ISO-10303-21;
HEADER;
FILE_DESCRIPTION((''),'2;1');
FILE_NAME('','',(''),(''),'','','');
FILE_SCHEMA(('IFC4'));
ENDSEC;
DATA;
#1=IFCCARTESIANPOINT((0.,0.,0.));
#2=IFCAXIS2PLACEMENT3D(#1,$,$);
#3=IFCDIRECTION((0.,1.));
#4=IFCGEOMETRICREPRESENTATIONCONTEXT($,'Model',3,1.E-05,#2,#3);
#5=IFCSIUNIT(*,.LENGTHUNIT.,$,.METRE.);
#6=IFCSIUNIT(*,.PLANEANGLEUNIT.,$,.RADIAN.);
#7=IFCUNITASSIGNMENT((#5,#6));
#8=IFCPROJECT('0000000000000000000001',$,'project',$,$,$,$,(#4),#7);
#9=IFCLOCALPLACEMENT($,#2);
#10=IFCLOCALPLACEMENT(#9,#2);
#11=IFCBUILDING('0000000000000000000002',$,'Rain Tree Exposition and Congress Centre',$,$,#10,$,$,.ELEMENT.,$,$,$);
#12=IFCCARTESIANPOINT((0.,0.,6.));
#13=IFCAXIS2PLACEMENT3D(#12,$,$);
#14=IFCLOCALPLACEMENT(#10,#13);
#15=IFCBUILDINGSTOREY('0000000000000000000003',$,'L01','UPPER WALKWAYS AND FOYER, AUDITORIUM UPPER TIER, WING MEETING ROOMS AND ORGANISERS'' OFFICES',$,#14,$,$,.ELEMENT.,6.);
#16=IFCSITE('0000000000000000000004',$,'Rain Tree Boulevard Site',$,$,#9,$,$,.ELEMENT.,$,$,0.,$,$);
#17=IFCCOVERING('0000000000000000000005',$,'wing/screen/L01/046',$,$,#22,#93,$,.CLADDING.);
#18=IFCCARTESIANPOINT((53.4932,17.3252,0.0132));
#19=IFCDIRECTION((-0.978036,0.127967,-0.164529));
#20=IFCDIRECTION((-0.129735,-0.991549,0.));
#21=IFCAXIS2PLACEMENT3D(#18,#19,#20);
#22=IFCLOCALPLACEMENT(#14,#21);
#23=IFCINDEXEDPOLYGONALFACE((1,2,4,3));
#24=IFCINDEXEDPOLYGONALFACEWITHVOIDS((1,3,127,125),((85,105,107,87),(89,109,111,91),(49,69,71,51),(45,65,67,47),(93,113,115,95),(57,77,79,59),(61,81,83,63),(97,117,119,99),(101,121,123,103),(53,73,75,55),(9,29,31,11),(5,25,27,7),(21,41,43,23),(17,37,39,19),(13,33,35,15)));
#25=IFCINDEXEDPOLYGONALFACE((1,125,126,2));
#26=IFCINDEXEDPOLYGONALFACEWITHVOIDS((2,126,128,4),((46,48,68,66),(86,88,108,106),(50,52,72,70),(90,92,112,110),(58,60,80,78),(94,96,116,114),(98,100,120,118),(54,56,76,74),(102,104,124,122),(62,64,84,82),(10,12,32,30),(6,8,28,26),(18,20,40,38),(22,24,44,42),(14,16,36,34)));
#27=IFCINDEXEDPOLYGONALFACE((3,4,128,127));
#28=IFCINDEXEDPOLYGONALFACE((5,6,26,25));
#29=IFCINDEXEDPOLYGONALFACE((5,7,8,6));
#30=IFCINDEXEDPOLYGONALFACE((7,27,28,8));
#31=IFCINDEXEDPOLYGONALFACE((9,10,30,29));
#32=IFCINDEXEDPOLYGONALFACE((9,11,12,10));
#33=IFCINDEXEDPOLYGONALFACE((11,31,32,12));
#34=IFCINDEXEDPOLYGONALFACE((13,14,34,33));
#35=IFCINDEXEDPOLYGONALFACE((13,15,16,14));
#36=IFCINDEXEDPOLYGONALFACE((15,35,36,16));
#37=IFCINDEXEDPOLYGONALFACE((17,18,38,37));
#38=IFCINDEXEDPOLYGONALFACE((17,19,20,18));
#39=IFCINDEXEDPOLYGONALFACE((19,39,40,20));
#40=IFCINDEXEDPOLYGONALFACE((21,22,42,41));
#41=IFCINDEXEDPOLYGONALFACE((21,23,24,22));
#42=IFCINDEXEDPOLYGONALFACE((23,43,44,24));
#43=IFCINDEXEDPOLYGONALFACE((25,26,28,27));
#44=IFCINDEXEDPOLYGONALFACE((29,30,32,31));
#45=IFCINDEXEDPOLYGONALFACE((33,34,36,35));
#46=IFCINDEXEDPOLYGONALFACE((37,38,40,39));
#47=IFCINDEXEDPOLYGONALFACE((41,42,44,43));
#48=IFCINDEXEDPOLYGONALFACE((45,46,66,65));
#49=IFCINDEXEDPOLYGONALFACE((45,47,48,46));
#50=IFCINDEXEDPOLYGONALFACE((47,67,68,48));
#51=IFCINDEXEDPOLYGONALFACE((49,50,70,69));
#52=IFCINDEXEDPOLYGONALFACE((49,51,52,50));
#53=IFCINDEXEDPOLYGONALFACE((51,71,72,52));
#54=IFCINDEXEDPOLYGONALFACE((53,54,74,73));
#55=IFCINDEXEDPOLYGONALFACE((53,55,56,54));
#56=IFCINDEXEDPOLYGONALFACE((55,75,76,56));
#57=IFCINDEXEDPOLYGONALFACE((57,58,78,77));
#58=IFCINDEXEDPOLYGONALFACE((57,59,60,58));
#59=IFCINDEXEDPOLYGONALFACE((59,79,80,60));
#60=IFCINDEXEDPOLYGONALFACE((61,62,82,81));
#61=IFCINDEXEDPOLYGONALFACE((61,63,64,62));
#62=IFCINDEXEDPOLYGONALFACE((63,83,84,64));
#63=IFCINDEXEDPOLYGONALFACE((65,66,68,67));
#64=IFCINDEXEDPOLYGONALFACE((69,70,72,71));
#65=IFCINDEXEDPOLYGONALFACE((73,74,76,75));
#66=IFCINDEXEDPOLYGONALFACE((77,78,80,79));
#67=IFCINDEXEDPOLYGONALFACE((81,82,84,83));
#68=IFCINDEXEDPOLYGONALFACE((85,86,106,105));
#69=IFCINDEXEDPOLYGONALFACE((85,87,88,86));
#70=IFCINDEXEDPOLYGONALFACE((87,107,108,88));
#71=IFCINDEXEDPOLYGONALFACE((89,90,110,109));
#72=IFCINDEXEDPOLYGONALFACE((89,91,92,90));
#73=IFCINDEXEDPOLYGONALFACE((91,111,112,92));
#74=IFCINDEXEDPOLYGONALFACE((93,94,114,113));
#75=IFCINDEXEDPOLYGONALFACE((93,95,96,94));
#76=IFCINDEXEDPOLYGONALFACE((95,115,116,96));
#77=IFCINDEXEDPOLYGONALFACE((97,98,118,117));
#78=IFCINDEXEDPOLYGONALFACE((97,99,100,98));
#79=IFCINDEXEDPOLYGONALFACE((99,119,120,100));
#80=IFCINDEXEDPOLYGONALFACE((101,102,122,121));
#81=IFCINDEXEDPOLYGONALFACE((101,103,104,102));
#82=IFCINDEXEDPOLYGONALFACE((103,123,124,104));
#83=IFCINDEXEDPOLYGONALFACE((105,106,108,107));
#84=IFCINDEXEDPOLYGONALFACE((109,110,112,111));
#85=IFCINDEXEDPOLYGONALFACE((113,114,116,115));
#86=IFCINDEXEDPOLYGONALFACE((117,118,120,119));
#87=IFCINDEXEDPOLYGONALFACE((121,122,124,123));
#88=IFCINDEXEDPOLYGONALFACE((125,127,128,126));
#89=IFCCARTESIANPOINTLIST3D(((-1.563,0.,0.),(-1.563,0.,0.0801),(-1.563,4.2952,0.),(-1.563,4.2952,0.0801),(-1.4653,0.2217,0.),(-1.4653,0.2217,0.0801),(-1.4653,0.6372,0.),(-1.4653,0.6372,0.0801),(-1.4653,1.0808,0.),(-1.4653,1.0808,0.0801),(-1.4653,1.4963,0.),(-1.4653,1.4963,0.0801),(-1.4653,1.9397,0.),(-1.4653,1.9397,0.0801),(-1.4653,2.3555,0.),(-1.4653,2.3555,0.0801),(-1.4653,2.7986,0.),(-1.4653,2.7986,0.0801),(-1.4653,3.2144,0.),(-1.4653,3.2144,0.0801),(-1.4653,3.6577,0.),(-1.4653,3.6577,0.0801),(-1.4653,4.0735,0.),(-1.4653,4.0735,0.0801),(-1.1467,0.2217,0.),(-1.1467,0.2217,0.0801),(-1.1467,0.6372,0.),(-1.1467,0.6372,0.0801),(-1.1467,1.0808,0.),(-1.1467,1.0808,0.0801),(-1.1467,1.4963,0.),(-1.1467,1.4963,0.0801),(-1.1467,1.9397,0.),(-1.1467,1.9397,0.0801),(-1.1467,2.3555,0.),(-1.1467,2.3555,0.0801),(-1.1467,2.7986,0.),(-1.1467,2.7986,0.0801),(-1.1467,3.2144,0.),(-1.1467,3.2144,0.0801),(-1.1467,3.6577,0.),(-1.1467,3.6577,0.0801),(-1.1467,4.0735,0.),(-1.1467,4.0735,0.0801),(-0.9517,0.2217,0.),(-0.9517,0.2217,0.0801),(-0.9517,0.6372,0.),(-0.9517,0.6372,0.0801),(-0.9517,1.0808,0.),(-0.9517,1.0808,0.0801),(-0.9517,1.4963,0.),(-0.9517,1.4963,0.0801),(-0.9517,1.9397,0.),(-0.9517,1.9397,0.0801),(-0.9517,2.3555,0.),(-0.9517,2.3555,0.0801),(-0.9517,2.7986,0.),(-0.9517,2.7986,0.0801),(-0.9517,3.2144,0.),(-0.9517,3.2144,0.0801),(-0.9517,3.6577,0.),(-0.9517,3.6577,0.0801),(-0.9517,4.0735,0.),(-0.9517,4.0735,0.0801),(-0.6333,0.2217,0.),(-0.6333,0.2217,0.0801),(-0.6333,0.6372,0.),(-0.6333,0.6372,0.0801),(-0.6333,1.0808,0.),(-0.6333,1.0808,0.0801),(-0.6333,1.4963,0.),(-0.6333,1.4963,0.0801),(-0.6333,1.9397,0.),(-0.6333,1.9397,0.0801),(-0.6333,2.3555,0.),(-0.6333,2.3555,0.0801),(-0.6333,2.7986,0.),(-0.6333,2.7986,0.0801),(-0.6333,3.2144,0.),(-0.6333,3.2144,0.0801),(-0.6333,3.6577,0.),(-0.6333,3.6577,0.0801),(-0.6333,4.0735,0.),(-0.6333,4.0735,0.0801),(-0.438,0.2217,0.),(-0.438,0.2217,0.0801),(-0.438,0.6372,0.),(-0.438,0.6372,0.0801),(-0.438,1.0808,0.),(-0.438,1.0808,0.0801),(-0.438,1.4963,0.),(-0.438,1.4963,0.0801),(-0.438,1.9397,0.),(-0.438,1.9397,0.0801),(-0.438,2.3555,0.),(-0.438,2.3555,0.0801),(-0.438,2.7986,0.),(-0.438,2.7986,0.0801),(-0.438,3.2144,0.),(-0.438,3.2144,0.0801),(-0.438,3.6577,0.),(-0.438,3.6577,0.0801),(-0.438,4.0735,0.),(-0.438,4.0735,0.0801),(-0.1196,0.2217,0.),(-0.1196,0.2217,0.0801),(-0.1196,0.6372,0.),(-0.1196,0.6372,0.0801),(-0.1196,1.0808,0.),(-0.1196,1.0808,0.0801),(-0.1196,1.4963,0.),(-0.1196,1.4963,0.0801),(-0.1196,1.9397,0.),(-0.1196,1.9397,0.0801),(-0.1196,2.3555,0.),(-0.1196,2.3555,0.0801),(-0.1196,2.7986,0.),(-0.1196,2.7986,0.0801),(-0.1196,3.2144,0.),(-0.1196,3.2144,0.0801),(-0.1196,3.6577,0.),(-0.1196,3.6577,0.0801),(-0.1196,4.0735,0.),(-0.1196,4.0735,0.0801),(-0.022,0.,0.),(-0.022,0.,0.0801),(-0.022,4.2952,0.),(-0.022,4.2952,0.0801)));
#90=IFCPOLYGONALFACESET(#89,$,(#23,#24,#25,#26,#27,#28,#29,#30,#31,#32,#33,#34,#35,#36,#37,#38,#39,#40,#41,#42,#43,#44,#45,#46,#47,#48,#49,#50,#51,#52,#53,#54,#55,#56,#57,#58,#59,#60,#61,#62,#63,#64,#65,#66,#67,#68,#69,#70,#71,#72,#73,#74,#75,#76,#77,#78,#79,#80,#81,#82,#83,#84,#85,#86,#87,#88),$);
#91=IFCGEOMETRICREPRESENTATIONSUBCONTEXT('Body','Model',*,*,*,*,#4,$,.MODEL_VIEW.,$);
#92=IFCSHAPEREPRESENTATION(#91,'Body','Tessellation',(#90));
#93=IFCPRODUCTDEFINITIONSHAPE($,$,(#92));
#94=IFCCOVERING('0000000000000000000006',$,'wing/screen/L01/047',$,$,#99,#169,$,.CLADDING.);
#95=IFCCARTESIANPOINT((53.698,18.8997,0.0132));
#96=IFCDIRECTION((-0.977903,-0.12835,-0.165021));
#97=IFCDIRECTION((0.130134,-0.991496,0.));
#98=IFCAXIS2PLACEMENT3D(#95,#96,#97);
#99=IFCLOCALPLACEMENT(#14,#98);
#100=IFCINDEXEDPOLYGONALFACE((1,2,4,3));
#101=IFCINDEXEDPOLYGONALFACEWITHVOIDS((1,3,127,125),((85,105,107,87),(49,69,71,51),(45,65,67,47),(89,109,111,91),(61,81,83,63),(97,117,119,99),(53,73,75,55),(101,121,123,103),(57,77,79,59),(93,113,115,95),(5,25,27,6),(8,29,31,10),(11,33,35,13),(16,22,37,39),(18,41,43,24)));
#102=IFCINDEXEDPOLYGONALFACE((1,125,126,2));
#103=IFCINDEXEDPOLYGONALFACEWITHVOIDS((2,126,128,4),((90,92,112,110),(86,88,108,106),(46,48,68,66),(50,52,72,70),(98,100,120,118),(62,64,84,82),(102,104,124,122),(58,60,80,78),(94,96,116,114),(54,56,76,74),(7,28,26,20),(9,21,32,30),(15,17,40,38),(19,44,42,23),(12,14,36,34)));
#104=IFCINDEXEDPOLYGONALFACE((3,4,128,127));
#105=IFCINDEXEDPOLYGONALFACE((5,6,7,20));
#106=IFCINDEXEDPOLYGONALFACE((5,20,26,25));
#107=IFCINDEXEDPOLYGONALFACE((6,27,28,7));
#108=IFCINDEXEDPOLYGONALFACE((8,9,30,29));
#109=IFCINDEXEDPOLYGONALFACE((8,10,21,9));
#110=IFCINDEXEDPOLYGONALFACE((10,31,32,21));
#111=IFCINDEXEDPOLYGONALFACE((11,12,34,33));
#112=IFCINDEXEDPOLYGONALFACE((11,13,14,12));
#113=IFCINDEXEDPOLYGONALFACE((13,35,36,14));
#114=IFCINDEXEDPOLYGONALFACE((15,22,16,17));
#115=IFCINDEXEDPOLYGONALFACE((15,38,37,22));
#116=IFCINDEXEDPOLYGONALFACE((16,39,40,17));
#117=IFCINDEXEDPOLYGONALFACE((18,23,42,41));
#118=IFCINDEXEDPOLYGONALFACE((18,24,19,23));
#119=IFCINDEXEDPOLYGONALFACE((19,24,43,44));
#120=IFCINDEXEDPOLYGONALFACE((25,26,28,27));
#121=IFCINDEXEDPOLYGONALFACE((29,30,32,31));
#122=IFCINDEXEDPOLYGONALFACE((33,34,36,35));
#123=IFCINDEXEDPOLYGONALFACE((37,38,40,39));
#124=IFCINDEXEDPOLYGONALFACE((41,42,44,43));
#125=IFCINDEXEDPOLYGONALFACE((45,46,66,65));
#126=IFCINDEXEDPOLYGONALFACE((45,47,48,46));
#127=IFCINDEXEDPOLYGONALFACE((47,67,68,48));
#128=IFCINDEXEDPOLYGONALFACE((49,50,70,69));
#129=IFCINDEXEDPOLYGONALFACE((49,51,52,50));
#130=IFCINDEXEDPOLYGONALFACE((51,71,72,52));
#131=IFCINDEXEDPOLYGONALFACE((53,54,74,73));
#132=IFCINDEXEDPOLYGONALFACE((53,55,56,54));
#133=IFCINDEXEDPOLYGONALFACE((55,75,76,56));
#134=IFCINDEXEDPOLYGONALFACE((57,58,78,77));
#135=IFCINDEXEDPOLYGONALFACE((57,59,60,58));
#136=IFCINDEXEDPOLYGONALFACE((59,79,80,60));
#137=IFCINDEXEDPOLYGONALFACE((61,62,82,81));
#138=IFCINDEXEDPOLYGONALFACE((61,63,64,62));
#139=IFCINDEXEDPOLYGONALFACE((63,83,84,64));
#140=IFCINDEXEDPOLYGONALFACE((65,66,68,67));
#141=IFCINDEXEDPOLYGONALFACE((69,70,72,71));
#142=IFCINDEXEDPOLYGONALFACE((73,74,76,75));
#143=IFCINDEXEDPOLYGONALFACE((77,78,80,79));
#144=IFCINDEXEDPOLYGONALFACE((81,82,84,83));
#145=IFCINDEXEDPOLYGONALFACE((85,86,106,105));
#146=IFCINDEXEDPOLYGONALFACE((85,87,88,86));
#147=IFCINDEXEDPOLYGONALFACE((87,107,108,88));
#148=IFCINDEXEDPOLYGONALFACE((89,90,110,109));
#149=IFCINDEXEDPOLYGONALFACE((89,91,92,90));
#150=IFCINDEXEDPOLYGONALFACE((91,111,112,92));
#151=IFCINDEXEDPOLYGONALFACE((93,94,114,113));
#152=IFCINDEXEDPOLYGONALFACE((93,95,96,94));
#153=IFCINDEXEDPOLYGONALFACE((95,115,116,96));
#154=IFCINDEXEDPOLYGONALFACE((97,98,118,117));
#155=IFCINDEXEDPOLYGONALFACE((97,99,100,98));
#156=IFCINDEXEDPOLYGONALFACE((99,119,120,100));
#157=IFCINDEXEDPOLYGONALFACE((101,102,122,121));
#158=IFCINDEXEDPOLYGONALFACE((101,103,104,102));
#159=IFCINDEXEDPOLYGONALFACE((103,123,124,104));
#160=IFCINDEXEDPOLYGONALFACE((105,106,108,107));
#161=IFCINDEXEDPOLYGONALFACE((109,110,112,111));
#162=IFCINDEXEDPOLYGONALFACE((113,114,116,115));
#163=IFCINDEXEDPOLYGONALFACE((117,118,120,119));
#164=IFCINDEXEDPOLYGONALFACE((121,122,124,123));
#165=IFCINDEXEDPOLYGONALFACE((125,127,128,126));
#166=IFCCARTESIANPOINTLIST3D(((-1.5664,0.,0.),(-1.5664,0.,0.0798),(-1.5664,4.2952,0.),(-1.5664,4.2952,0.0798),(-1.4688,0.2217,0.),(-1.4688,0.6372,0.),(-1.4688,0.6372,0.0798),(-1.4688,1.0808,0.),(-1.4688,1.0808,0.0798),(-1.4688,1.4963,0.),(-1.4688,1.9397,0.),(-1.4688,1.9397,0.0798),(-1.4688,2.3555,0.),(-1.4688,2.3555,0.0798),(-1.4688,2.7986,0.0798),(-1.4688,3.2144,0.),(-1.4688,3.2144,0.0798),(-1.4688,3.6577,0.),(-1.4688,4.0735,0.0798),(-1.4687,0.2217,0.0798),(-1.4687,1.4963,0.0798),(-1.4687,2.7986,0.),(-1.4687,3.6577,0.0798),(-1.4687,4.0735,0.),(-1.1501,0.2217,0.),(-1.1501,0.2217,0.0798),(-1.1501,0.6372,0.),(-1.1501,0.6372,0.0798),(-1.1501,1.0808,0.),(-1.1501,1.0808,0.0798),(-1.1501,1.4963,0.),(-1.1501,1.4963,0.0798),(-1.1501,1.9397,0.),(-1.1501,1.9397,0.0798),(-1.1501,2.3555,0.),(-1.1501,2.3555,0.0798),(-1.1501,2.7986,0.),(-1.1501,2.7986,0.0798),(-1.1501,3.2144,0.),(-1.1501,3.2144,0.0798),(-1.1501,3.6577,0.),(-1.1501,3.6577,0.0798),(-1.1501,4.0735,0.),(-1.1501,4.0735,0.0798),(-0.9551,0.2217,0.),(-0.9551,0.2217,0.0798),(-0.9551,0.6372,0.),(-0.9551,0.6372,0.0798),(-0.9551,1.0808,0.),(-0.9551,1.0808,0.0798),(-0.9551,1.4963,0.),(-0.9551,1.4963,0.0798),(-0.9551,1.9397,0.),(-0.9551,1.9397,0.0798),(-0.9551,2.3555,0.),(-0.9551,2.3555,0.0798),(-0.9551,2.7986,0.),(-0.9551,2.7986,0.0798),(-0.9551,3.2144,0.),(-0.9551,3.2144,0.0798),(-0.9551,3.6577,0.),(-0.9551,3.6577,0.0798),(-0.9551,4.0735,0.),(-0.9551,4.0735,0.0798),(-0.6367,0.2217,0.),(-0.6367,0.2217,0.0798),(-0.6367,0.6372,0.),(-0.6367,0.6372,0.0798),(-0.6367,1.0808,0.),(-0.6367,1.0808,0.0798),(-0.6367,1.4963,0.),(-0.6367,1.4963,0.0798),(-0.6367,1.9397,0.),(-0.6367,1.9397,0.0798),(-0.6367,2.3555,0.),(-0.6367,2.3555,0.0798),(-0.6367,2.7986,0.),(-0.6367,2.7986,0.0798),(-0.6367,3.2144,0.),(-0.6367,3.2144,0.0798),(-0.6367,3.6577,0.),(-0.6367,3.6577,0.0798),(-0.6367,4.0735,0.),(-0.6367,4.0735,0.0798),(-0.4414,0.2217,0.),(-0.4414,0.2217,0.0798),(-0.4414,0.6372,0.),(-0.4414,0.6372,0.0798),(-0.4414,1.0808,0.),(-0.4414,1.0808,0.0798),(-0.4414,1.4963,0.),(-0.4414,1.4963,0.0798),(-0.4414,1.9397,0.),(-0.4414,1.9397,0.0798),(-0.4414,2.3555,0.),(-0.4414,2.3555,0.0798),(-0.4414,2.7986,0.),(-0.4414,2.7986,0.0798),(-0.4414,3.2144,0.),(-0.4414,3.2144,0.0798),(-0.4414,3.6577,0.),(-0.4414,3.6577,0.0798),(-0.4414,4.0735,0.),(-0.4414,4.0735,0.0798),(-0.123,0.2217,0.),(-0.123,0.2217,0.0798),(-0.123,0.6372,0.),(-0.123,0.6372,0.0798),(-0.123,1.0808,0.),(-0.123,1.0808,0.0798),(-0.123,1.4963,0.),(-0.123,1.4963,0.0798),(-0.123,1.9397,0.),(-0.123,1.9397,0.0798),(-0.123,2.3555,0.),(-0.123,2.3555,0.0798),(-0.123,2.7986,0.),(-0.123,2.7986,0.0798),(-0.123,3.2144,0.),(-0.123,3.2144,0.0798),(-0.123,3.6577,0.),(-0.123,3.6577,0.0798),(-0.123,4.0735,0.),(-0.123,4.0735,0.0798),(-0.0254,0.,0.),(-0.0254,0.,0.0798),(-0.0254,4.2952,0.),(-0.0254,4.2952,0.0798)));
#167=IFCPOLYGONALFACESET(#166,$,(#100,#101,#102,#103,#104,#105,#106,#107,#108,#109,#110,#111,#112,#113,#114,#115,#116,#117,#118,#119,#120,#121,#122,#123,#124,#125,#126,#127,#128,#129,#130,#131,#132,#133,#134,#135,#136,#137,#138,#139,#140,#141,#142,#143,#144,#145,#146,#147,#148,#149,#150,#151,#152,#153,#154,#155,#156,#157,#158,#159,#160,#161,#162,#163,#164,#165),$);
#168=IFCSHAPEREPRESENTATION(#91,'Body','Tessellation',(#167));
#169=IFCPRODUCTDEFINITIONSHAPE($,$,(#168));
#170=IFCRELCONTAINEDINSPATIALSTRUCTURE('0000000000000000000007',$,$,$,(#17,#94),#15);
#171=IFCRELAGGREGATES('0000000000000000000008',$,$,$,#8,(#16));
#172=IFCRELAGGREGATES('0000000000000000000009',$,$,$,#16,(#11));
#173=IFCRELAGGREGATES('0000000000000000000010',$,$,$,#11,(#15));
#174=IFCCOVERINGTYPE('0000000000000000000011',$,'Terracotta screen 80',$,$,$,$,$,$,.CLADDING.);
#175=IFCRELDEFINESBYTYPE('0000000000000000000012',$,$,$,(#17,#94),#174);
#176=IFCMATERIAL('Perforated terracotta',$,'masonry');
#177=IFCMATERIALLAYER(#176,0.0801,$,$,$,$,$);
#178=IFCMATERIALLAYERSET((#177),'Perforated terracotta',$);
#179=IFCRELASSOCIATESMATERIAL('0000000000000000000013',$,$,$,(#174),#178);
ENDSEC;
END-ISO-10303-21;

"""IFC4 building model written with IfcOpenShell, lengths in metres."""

from ifc_helpers import new_model, si_unit, direction, frame, origin, place, context, subcontext, project, spatial, polyline, outline, extrude, material, layer, layer_set, type_object, element, save


model = new_model("IFC4")

# Units and contexts
model_context = context("Model", 3, precision=1e-05, world=origin(), true_north=direction((0.0, 1.0)))
body_context = subcontext(model_context, "Body", "Model", "MODEL_VIEW")
ifc_project = project(units=[si_unit("LENGTHUNIT", "METRE"), si_unit("PLANEANGLEUNIT", "RADIAN")], contexts=[model_context])

# Site, building, storey
site_placement = place(None, origin())
site = spatial("IfcSite", under=ifc_project, at=site_placement, Name="Rain Tree Boulevard Site", CompositionType="ELEMENT", RefElevation=0.0)
building_placement = place(site_placement, origin())
building = spatial("IfcBuilding", under=site, at=building_placement, Name="Rain Tree Exposition and Congress Centre", CompositionType="ELEMENT")
storey_placement = place(building_placement, frame((0.0, 0.0, 6.0)))
storey = spatial("IfcBuildingStorey", under=building, at=storey_placement, Name="L01", Description="UPPER WALKWAYS AND FOYER, AUDITORIUM UPPER TIER, WING MEETING ROOMS AND ORGANISERS' OFFICES", CompositionType="ELEMENT", Elevation=6.0)

# Coverings
ifc_material_1 = material(Name="Perforated terracotta", Category="masonry")
ifc_layer = layer(ifc_material_1, 0.0801)
ifc_layer_set = layer_set([ifc_layer], Name="Perforated terracotta")
covering_type = type_object("IfcCoveringType", Name="Terracotta screen 80", PredefinedType="CLADDING", material=ifc_layer_set)
covering_1_placement = place(storey_placement, frame((53.4932, 17.3252, 0.0132), z_axis=(-0.978036, 0.127967, -0.164529), x_axis=(-0.129735, -0.991549, 0.0)))
element("IfcCovering", 1, at=covering_1_placement, inside=storey, type_object=covering_type, Name="wing/screen/L01/046", PredefinedType="CLADDING", context=body_context, shape_type="SweptSolid", body=[
    extrude(outline(polyline([(-1.563, 0.0), (-1.563, 4.2952), (-0.022, 4.2952), (-0.022, 0.0), (-1.563, 0.0)]), holes=[polyline([(-0.1196, 0.2217), (-0.1196, 0.6372), (-0.438, 0.6372), (-0.438, 0.2217), (-0.1196, 0.2217)]), polyline([(-0.1196, 1.0808), (-0.1196, 1.4963), (-0.438, 1.4963), (-0.438, 1.0808), (-0.1196, 1.0808)]), polyline([(-0.1196, 1.9397), (-0.1196, 2.3555), (-0.438, 2.3555), (-0.438, 1.9397), (-0.1196, 1.9397)]), polyline([(-0.1196, 2.7986), (-0.1196, 3.2144), (-0.438, 3.2144), (-0.438, 2.7986), (-0.1196, 2.7986)]), polyline([(-0.1196, 3.6577), (-0.1196, 4.0735), (-0.438, 4.0735), (-0.438, 3.6577), (-0.1196, 3.6577)]), polyline([(-0.6333, 0.2217), (-0.6333, 0.6372), (-0.9517, 0.6372), (-0.9517, 0.2217), (-0.6333, 0.2217)]), polyline([(-0.6333, 1.0808), (-0.6333, 1.4963), (-0.9517, 1.4963), (-0.9517, 1.0808), (-0.6333, 1.0808)]), polyline([(-0.6333, 1.9397), (-0.6333, 2.3555), (-0.9517, 2.3555), (-0.9517, 1.9397), (-0.6333, 1.9397)]), polyline([(-0.6333, 2.7986), (-0.6333, 3.2144), (-0.9517, 3.2144), (-0.9517, 2.7986), (-0.6333, 2.7986)]), polyline([(-0.6333, 3.6577), (-0.6333, 4.0735), (-0.9517, 4.0735), (-0.9517, 3.6577), (-0.6333, 3.6577)]), polyline([(-1.1467, 0.2217), (-1.1467, 0.6372), (-1.4653, 0.6372), (-1.4653, 0.2217), (-1.1467, 0.2217)]), polyline([(-1.1467, 1.0808), (-1.1467, 1.4963), (-1.4653, 1.4963), (-1.4653, 1.0808), (-1.1467, 1.0808)]), polyline([(-1.1467, 1.9397), (-1.1467, 2.3555), (-1.4653, 2.3555), (-1.4653, 1.9397), (-1.1467, 1.9397)]), polyline([(-1.1467, 2.7986), (-1.1467, 3.2144), (-1.4653, 3.2144), (-1.4653, 2.7986), (-1.1467, 2.7986)]), polyline([(-1.1467, 3.6577), (-1.1467, 4.0735), (-1.4653, 4.0735), (-1.4653, 3.6577), (-1.1467, 3.6577)])]), origin(), (0.0, 0.0, 1.0), 0.0801),
])
covering_2_placement = place(storey_placement, frame((53.698, 18.8997, 0.0132), z_axis=(-0.977903, -0.12835, -0.165021), x_axis=(0.130134, -0.991496, 0.0)))
element("IfcCovering", 2, at=covering_2_placement, inside=storey, type_object=covering_type, Name="wing/screen/L01/047", PredefinedType="CLADDING", context=body_context, shape_type="SweptSolid", body=[
    extrude(outline(polyline([(-1.5664, 0.0), (-1.5664, 4.2952), (-0.0254, 4.2952), (-0.0254, 0.0), (-1.5664, 0.0)]), holes=[polyline([(-0.123, 0.2217), (-0.123, 0.6372), (-0.4414, 0.6372), (-0.4414, 0.2217), (-0.123, 0.2217)]), polyline([(-0.123, 1.0808), (-0.123, 1.4963), (-0.4414, 1.4963), (-0.4414, 1.0808), (-0.123, 1.0808)]), polyline([(-0.123, 1.9397), (-0.123, 2.3555), (-0.4414, 2.3555), (-0.4414, 1.9397), (-0.123, 1.9397)]), polyline([(-0.123, 2.7986), (-0.123, 3.2144), (-0.4414, 3.2144), (-0.4414, 2.7986), (-0.123, 2.7986)]), polyline([(-0.123, 3.6577), (-0.123, 4.0735), (-0.4414, 4.0735), (-0.4414, 3.6577), (-0.123, 3.6577)]), polyline([(-0.6367, 0.2217), (-0.6367, 0.6372), (-0.9551, 0.6372), (-0.9551, 0.2217), (-0.6367, 0.2217)]), polyline([(-0.6367, 1.0808), (-0.6367, 1.4963), (-0.9551, 1.4963), (-0.9551, 1.0808), (-0.6367, 1.0808)]), polyline([(-0.6367, 1.9397), (-0.6367, 2.3555), (-0.9551, 2.3555), (-0.9551, 1.9397), (-0.6367, 1.9397)]), polyline([(-0.6367, 2.7986), (-0.6367, 3.2144), (-0.9551, 3.2144), (-0.9551, 2.7986), (-0.6367, 2.7986)]), polyline([(-0.6367, 3.6577), (-0.6367, 4.0735), (-0.9551, 4.0735), (-0.9551, 3.6577), (-0.6367, 3.6577)]), polyline([(-1.1501, 0.2217), (-1.1501, 0.6372), (-1.4688, 0.6372), (-1.4688, 0.2217), (-1.1501, 0.2217)]), polyline([(-1.1501, 1.0808), (-1.1501, 1.4963), (-1.4688, 1.4963), (-1.4688, 1.0808), (-1.1501, 1.0808)]), polyline([(-1.1501, 1.9397), (-1.1501, 2.3555), (-1.4688, 2.3555), (-1.4688, 1.9397), (-1.1501, 1.9397)]), polyline([(-1.1501, 2.7986), (-1.1501, 3.2144), (-1.4688, 3.2144), (-1.4688, 2.7986), (-1.1501, 2.7986)]), polyline([(-1.1501, 3.6577), (-1.1501, 4.0735), (-1.4688, 4.0735), (-1.4688, 3.6577), (-1.1501, 3.6577)])]), origin(), (0.0, 0.0, 1.0), 0.0798),
])

save(model, "model.ifc")
